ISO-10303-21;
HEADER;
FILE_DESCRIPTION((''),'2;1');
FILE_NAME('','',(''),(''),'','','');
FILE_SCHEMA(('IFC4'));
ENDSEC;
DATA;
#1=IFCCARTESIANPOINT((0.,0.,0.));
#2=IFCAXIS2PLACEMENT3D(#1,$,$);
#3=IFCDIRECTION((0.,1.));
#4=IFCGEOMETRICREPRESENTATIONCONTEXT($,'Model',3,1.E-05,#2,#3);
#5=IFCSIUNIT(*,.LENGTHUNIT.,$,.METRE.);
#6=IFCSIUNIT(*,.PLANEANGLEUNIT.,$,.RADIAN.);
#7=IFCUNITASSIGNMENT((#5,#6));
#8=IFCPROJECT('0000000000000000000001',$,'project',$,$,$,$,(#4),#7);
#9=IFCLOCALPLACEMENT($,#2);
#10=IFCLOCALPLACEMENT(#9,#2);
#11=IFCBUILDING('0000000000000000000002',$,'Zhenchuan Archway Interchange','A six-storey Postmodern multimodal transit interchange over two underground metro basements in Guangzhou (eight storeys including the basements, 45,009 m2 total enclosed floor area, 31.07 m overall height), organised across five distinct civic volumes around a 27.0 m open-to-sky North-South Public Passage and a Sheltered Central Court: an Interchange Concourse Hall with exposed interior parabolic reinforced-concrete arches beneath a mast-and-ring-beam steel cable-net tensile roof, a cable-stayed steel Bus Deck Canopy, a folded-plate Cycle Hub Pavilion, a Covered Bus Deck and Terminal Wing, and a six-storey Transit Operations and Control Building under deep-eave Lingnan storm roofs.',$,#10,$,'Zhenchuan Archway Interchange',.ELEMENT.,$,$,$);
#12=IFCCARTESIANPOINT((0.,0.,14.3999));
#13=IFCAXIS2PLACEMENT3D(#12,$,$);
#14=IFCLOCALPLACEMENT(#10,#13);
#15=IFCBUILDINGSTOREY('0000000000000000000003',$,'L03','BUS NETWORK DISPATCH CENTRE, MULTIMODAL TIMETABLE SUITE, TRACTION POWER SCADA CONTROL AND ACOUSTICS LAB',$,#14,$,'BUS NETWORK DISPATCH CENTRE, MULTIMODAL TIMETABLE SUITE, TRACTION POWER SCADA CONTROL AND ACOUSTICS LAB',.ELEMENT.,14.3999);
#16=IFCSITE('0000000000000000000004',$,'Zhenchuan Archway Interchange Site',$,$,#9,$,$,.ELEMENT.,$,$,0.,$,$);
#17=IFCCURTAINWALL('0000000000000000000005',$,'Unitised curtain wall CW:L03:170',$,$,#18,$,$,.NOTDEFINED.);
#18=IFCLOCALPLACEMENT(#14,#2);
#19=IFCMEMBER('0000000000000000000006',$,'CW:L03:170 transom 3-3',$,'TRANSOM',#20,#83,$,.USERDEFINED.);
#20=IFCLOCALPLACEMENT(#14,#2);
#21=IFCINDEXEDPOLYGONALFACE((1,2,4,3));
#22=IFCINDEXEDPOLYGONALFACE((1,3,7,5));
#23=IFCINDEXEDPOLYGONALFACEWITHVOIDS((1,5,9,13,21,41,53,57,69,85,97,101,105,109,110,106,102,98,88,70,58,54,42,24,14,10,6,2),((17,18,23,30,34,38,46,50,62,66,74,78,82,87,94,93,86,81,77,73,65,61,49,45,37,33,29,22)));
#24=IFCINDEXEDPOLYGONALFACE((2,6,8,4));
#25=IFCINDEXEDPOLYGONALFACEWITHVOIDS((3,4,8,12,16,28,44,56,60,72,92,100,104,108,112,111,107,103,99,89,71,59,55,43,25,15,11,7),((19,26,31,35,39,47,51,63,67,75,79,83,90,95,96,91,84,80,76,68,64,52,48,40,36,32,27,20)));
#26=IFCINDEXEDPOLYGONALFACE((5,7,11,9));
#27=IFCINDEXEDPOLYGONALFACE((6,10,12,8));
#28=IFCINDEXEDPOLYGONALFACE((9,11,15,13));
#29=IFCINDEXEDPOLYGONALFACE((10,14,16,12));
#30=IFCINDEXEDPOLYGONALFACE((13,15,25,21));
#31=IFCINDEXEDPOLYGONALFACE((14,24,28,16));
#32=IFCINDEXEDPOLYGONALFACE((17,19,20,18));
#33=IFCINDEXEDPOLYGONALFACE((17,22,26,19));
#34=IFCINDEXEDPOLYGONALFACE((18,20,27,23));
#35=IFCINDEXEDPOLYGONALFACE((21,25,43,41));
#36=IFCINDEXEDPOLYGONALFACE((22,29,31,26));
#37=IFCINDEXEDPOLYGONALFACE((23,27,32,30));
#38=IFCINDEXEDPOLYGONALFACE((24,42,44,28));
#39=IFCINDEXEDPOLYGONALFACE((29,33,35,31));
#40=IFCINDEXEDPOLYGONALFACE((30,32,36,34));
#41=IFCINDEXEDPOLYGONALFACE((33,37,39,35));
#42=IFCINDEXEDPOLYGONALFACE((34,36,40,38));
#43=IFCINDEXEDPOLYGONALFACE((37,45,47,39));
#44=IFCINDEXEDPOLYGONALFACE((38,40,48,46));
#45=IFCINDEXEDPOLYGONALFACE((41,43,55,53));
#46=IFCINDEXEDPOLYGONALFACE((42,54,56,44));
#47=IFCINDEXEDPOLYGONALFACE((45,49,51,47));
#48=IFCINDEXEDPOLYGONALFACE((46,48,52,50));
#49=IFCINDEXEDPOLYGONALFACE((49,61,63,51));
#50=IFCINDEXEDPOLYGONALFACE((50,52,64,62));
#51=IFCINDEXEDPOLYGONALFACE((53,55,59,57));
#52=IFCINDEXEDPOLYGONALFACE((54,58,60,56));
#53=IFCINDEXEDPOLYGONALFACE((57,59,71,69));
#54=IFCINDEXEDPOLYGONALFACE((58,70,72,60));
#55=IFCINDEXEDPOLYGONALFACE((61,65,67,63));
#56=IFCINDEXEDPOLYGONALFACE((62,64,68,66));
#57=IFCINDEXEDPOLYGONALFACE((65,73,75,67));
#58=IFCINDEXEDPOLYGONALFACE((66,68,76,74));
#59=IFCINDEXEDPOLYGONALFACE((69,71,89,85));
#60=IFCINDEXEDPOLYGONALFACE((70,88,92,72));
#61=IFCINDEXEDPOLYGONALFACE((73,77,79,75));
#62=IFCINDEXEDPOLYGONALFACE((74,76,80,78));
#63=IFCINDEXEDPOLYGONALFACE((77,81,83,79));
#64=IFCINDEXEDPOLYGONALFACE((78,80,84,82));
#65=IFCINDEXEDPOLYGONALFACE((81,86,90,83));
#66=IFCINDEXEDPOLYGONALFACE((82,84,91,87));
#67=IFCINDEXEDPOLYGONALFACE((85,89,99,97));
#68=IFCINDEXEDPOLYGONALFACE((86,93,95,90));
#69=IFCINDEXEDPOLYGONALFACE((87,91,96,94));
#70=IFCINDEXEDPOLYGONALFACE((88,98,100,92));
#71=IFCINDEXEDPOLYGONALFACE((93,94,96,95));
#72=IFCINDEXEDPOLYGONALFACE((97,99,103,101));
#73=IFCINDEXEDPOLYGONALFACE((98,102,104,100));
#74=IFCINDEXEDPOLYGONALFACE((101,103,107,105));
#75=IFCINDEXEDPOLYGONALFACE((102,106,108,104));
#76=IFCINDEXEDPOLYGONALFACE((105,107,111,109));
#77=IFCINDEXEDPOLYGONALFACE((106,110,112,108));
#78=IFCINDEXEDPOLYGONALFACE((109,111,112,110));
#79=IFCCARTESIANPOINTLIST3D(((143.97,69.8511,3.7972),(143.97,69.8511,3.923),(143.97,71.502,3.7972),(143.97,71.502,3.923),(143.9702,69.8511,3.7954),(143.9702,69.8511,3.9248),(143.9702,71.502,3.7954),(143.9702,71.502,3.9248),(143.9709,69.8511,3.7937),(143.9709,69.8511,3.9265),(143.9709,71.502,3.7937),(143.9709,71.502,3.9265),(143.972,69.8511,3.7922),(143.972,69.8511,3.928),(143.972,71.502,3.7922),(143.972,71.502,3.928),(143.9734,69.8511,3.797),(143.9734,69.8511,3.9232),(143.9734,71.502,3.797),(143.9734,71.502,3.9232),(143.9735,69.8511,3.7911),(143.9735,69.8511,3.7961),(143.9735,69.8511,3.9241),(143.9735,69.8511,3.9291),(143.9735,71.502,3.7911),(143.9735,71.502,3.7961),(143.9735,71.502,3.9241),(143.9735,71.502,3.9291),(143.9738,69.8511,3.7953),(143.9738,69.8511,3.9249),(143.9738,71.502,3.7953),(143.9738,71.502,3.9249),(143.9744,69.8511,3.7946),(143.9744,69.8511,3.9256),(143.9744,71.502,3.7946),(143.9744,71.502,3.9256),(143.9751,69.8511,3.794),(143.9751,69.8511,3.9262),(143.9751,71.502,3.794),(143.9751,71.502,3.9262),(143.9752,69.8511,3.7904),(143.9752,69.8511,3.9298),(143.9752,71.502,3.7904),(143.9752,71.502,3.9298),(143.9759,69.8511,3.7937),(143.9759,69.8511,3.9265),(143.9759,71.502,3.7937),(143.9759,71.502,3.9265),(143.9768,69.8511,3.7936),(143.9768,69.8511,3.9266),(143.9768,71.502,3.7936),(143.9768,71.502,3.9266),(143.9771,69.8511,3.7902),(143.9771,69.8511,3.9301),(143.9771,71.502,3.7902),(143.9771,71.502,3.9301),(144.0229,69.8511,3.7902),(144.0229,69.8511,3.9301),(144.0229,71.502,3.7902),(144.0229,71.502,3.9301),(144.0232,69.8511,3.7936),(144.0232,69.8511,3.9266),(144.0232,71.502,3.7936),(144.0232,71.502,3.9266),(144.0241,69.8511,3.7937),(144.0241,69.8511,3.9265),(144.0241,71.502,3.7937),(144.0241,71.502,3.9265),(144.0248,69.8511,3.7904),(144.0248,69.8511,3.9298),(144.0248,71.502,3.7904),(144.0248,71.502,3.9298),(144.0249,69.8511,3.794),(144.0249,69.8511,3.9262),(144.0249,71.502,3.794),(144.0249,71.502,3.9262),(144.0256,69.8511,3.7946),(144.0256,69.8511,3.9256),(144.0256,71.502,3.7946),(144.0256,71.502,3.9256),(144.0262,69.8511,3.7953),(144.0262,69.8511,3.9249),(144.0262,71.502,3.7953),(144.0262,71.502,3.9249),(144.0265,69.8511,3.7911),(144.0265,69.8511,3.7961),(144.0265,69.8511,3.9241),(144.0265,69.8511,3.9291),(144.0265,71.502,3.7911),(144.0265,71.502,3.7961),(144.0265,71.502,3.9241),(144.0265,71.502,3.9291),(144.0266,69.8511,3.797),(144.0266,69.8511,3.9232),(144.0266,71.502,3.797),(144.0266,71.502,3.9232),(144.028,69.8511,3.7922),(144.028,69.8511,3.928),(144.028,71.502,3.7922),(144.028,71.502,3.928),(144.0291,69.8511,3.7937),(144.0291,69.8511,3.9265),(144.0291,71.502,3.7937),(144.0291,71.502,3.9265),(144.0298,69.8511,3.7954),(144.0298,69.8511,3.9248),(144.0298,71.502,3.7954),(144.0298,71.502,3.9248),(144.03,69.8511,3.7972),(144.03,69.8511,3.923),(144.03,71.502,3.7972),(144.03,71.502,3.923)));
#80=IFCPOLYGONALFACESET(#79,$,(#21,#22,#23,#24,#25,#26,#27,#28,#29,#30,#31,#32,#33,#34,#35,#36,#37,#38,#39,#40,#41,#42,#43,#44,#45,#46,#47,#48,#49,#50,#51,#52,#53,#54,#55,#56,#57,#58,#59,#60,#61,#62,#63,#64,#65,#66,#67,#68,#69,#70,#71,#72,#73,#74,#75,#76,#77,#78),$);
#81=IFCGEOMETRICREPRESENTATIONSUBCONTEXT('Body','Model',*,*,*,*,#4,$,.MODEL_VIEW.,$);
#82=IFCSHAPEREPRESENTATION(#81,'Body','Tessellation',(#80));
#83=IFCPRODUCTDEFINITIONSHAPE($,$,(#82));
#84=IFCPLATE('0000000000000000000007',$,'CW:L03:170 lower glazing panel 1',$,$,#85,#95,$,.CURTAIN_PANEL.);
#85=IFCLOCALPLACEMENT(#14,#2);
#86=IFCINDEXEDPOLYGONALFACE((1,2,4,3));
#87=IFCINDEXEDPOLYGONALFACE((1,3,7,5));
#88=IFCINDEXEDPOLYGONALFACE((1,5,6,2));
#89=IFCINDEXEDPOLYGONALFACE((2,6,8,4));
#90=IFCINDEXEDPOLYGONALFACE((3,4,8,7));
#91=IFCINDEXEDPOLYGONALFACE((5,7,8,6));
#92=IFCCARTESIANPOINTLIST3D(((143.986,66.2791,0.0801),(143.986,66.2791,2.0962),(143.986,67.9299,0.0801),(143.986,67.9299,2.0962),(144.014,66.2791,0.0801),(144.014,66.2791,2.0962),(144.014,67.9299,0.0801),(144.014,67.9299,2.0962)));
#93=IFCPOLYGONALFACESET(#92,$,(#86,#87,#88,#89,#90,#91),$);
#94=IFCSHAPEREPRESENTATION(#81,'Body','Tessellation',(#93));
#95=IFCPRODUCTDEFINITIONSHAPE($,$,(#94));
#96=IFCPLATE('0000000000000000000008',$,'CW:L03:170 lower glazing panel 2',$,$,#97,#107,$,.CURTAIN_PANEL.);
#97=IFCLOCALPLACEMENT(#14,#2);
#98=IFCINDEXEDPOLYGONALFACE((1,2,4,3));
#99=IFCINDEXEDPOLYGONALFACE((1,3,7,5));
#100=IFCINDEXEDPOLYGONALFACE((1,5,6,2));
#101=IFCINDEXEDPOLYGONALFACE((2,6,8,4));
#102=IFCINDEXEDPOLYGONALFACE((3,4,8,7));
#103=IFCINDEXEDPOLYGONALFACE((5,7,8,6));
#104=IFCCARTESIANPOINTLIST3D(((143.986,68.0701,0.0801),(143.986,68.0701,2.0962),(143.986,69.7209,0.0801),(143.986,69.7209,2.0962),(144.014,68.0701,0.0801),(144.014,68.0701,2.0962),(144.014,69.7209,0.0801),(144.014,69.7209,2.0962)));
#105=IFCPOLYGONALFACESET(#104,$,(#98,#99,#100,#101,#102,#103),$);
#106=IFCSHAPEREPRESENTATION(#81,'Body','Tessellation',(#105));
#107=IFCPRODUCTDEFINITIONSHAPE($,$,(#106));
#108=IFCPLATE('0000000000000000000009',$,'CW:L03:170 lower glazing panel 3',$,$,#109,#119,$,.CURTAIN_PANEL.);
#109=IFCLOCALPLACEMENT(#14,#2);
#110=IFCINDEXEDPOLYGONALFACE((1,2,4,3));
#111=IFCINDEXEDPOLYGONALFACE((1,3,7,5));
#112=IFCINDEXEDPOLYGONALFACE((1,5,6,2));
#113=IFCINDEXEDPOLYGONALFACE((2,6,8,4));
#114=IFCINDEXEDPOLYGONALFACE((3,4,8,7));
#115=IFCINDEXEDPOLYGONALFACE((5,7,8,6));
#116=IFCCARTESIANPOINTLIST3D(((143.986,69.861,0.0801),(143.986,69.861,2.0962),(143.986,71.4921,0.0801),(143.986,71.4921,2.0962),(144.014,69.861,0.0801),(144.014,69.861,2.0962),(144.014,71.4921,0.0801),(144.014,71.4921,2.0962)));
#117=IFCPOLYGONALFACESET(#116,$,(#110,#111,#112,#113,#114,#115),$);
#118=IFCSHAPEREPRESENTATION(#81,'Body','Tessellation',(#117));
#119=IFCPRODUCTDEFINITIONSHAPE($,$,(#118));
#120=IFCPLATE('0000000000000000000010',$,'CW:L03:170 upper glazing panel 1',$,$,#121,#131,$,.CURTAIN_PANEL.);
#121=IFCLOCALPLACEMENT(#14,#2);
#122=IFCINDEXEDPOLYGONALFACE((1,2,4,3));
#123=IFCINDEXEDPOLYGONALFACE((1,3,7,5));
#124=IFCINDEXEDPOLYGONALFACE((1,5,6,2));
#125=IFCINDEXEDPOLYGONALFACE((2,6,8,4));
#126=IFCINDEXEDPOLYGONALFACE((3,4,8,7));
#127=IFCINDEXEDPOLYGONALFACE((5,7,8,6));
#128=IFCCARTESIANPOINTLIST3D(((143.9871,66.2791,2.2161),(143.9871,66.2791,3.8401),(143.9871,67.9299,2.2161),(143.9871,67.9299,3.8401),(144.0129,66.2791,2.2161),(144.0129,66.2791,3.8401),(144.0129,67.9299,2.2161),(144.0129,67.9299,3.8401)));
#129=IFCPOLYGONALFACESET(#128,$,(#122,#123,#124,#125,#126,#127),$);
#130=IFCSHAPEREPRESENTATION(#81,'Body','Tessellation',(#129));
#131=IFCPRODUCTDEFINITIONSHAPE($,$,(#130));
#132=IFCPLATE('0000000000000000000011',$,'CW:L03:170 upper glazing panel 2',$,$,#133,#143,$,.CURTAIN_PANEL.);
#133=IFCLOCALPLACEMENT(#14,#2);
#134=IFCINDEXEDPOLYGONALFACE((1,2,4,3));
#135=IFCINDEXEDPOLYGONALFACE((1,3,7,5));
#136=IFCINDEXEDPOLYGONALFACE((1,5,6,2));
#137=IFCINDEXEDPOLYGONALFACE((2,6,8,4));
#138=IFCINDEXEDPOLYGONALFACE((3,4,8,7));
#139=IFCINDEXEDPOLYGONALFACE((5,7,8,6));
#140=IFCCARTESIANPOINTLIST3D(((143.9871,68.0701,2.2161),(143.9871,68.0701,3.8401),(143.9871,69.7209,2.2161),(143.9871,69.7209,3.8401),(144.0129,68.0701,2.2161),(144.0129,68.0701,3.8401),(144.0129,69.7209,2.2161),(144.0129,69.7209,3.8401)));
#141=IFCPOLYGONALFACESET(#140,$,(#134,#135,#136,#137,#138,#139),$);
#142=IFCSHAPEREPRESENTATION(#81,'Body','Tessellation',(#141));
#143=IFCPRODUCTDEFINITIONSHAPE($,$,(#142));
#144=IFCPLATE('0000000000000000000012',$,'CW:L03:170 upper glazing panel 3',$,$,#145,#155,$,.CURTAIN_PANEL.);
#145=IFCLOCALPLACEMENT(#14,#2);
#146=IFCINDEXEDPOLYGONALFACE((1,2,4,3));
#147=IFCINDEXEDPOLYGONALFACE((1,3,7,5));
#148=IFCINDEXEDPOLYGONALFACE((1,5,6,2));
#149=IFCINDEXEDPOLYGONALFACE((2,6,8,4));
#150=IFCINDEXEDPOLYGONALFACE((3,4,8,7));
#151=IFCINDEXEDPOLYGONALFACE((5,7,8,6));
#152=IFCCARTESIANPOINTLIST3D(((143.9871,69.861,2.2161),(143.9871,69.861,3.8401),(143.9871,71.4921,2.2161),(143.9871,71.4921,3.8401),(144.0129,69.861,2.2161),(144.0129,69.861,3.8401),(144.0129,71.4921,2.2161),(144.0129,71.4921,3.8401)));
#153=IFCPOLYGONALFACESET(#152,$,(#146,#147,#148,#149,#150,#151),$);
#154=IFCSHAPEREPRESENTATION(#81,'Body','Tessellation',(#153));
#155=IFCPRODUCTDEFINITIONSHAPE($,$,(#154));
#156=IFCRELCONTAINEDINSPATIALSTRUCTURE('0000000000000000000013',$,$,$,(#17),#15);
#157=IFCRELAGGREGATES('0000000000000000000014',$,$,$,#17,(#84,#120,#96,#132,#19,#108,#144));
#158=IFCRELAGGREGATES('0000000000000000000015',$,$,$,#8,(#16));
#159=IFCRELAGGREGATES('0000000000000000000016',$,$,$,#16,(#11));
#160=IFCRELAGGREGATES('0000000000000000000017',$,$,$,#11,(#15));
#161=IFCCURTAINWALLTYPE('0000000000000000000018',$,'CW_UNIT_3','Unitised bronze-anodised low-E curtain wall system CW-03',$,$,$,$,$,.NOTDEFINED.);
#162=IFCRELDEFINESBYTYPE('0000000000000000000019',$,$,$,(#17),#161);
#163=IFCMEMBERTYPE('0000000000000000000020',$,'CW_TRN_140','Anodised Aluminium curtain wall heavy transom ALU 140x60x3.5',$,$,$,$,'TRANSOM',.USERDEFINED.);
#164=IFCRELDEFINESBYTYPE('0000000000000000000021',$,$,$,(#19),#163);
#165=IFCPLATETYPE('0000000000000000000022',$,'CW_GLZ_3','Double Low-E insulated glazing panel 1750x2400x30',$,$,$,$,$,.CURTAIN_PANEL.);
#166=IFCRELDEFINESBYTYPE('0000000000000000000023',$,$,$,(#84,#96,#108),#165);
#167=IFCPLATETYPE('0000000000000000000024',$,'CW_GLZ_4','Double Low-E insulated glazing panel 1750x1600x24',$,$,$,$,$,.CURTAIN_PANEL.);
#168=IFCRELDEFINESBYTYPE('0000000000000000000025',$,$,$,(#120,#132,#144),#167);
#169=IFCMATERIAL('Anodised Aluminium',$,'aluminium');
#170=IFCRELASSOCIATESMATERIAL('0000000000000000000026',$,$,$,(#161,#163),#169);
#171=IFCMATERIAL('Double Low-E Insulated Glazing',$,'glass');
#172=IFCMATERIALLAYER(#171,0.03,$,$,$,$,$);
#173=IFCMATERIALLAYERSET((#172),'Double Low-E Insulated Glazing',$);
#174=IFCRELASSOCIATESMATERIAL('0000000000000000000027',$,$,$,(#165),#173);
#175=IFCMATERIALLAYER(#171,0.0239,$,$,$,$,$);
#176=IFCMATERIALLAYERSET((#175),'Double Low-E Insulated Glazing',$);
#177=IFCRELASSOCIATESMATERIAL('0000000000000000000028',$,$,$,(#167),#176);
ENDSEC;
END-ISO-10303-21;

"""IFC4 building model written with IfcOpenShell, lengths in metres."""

from ifc_helpers import new_model, si_unit, direction, frame, origin, origin_2d, place, context, subcontext, project, spatial, rectangle, hollow_rectangle, extrude, material, layer, layer_set, material_profile, profile_set, type_object, element, aggregate, save


model = new_model("IFC4")

# Units and contexts
model_context = context("Model", 3, precision=1e-05, world=origin(), true_north=direction((0.0, 1.0)))
body_context = subcontext(model_context, "Body", "Model", "MODEL_VIEW")
ifc_project = project(units=[si_unit("LENGTHUNIT", "METRE"), si_unit("PLANEANGLEUNIT", "RADIAN")], contexts=[model_context])

# Site, building, storey
site_placement = place(None, origin())
site = spatial("IfcSite", under=ifc_project, at=site_placement, Name="Zhenchuan Archway Interchange Site", CompositionType="ELEMENT", RefElevation=0.0)
building_placement = place(site_placement, origin())
building = spatial("IfcBuilding", under=site, at=building_placement, Name="Zhenchuan Archway Interchange", Description="A six-storey Postmodern multimodal transit interchange over two underground metro basements in Guangzhou (eight storeys including the basements, 45,009 m2 total enclosed floor area, 31.07 m overall height), organised across five distinct civic volumes around a 27.0 m open-to-sky North-South Public Passage and a Sheltered Central Court: an Interchange Concourse Hall with exposed interior parabolic reinforced-concrete arches beneath a mast-and-ring-beam steel cable-net tensile roof, a cable-stayed steel Bus Deck Canopy, a folded-plate Cycle Hub Pavilion, a Covered Bus Deck and Terminal Wing, and a six-storey Transit Operations and Control Building under deep-eave Lingnan storm roofs.", LongName="Zhenchuan Archway Interchange", CompositionType="ELEMENT")
storey_placement = place(building_placement, frame((0.0, 0.0, 14.3999)))
storey = spatial("IfcBuildingStorey", under=building, at=storey_placement, Name="L03", Description="BUS NETWORK DISPATCH CENTRE, MULTIMODAL TIMETABLE SUITE, TRACTION POWER SCADA CONTROL AND ACOUSTICS LAB", LongName="BUS NETWORK DISPATCH CENTRE, MULTIMODAL TIMETABLE SUITE, TRACTION POWER SCADA CONTROL AND ACOUSTICS LAB", CompositionType="ELEMENT", Elevation=14.3999)

# Curtain wall, member, plates
ifc_material_1 = material(Name="Anodised Aluminium", Category="aluminium")
curtain_wall_type = type_object("IfcCurtainWallType", Name="CW_UNIT_3", Description="Unitised bronze-anodised low-E curtain wall system CW-03", PredefinedType="NOTDEFINED", material=ifc_material_1)
curtain_wall_placement = place(storey_placement, origin())
curtain_wall = element("IfcCurtainWall", 1, at=curtain_wall_placement, inside=storey, type_object=curtain_wall_type, Name="Unitised curtain wall CW:L03:170", PredefinedType="NOTDEFINED")
ifc_material_profile_1 = material_profile(ifc_material_1, hollow_rectangle(XDim=0.0601, YDim=0.1399, WallThickness=0.0034, InnerFilletRadius=0.0034, OuterFilletRadius=0.0071, at=origin_2d()), Name="ALU 140x60x3.5")
ifc_profile_set_1 = profile_set([ifc_material_profile_1], Name="Anodised Aluminium")
member_type_1 = type_object("IfcMemberType", Name="CW_TRN_140", Description="Anodised Aluminium curtain wall heavy transom ALU 140x60x3.5", ElementType="TRANSOM", PredefinedType="USERDEFINED", material=ifc_profile_set_1)
member_1_placement = place(storey_placement, frame((144.0, 69.8511, 3.8601), z_axis=(0.0, 1.0, 0.0), x_axis=(-1.0, 0.0, 0.0)))
member_1 = element("IfcMember", 2, at=member_1_placement, type_object=member_type_1, Name="CW:L03:170 transom 3-3", ObjectType="TRANSOM", PredefinedType="USERDEFINED", context=body_context, shape_type="SweptSolid", body=[
    extrude(hollow_rectangle(XDim=0.0601, YDim=0.1399, WallThickness=0.0034, InnerFilletRadius=0.0034, OuterFilletRadius=0.0071, at=origin_2d()), origin(), (0.0, 0.0, 1.0), 1.6509),
])
ifc_material_2 = material(Name="Double Low-E Insulated Glazing", Category="glass")
ifc_layer_1 = layer(ifc_material_2, 0.03)
ifc_layer_set_1 = layer_set([ifc_layer_1], Name="Double Low-E Insulated Glazing")
plate_type_1 = type_object("IfcPlateType", Name="CW_GLZ_3", Description="Double Low-E insulated glazing panel 1750x2400x30", PredefinedType="CURTAIN_PANEL", material=ifc_layer_set_1)
plate_1_placement = place(storey_placement, frame((144.0, 67.1045, 0.0801), z_axis=(0.0, 0.0, 1.0), x_axis=(0.0, 1.0, 0.0)))
plate_1 = element("IfcPlate", 3, at=plate_1_placement, type_object=plate_type_1, Name="CW:L03:170 lower glazing panel 1", PredefinedType="CURTAIN_PANEL", context=body_context, shape_type="SweptSolid", body=[
    extrude(rectangle(XDim=1.6509, YDim=0.0281, at=origin_2d()), origin(), (0.0, 0.0, 1.0), 2.0161),
])
plate_2_placement = place(storey_placement, frame((144.0, 68.8955, 0.0801), z_axis=(0.0, 0.0, 1.0), x_axis=(0.0, 1.0, 0.0)))
plate_2 = element("IfcPlate", 4, at=plate_2_placement, type_object=plate_type_1, Name="CW:L03:170 lower glazing panel 2", PredefinedType="CURTAIN_PANEL", context=body_context, shape_type="SweptSolid", body=[
    extrude(rectangle(XDim=1.6509, YDim=0.0281, at=origin_2d()), origin(), (0.0, 0.0, 1.0), 2.0161),
])
plate_3_placement = place(storey_placement, frame((144.0, 70.6765, 0.0801), z_axis=(0.0, 0.0, 1.0), x_axis=(0.0, 1.0, 0.0)))
plate_3 = element("IfcPlate", 5, at=plate_3_placement, type_object=plate_type_1, Name="CW:L03:170 lower glazing panel 3", PredefinedType="CURTAIN_PANEL", context=body_context, shape_type="SweptSolid", body=[
    extrude(rectangle(XDim=1.6311, YDim=0.0281, at=origin_2d()), origin(), (0.0, 0.0, 1.0), 2.0161),
])
ifc_layer_2 = layer(ifc_material_2, 0.0239)
ifc_layer_set_2 = layer_set([ifc_layer_2], Name="Double Low-E Insulated Glazing")
plate_type_2 = type_object("IfcPlateType", Name="CW_GLZ_4", Description="Double Low-E insulated glazing panel 1750x1600x24", PredefinedType="CURTAIN_PANEL", material=ifc_layer_set_2)
plate_4_placement = place(storey_placement, frame((144.0, 67.1045, 2.2161), z_axis=(0.0, 0.0, 1.0), x_axis=(0.0, 1.0, 0.0)))
plate_4 = element("IfcPlate", 6, at=plate_4_placement, type_object=plate_type_2, Name="CW:L03:170 upper glazing panel 1", PredefinedType="CURTAIN_PANEL", context=body_context, shape_type="SweptSolid", body=[
    extrude(rectangle(XDim=1.6509, YDim=0.0259, at=origin_2d()), origin(), (0.0, 0.0, 1.0), 1.624),
])
plate_5_placement = place(storey_placement, frame((144.0, 68.8955, 2.2161), z_axis=(0.0, 0.0, 1.0), x_axis=(0.0, 1.0, 0.0)))
plate_5 = element("IfcPlate", 7, at=plate_5_placement, type_object=plate_type_2, Name="CW:L03:170 upper glazing panel 2", PredefinedType="CURTAIN_PANEL", context=body_context, shape_type="SweptSolid", body=[
    extrude(rectangle(XDim=1.6509, YDim=0.0259, at=origin_2d()), origin(), (0.0, 0.0, 1.0), 1.624),
])
plate_6_placement = place(storey_placement, frame((144.0, 70.6765, 2.2161), z_axis=(0.0, 0.0, 1.0), x_axis=(0.0, 1.0, 0.0)))
plate_6 = element("IfcPlate", 8, at=plate_6_placement, type_object=plate_type_2, Name="CW:L03:170 upper glazing panel 3", PredefinedType="CURTAIN_PANEL", context=body_context, shape_type="SweptSolid", body=[
    extrude(rectangle(XDim=1.6311, YDim=0.0259, at=origin_2d()), origin(), (0.0, 0.0, 1.0), 1.624),
])
aggregate(curtain_wall, [plate_1, plate_4, plate_2, plate_5, member_1, plate_3, plate_6])

save(model, "model.ifc")
